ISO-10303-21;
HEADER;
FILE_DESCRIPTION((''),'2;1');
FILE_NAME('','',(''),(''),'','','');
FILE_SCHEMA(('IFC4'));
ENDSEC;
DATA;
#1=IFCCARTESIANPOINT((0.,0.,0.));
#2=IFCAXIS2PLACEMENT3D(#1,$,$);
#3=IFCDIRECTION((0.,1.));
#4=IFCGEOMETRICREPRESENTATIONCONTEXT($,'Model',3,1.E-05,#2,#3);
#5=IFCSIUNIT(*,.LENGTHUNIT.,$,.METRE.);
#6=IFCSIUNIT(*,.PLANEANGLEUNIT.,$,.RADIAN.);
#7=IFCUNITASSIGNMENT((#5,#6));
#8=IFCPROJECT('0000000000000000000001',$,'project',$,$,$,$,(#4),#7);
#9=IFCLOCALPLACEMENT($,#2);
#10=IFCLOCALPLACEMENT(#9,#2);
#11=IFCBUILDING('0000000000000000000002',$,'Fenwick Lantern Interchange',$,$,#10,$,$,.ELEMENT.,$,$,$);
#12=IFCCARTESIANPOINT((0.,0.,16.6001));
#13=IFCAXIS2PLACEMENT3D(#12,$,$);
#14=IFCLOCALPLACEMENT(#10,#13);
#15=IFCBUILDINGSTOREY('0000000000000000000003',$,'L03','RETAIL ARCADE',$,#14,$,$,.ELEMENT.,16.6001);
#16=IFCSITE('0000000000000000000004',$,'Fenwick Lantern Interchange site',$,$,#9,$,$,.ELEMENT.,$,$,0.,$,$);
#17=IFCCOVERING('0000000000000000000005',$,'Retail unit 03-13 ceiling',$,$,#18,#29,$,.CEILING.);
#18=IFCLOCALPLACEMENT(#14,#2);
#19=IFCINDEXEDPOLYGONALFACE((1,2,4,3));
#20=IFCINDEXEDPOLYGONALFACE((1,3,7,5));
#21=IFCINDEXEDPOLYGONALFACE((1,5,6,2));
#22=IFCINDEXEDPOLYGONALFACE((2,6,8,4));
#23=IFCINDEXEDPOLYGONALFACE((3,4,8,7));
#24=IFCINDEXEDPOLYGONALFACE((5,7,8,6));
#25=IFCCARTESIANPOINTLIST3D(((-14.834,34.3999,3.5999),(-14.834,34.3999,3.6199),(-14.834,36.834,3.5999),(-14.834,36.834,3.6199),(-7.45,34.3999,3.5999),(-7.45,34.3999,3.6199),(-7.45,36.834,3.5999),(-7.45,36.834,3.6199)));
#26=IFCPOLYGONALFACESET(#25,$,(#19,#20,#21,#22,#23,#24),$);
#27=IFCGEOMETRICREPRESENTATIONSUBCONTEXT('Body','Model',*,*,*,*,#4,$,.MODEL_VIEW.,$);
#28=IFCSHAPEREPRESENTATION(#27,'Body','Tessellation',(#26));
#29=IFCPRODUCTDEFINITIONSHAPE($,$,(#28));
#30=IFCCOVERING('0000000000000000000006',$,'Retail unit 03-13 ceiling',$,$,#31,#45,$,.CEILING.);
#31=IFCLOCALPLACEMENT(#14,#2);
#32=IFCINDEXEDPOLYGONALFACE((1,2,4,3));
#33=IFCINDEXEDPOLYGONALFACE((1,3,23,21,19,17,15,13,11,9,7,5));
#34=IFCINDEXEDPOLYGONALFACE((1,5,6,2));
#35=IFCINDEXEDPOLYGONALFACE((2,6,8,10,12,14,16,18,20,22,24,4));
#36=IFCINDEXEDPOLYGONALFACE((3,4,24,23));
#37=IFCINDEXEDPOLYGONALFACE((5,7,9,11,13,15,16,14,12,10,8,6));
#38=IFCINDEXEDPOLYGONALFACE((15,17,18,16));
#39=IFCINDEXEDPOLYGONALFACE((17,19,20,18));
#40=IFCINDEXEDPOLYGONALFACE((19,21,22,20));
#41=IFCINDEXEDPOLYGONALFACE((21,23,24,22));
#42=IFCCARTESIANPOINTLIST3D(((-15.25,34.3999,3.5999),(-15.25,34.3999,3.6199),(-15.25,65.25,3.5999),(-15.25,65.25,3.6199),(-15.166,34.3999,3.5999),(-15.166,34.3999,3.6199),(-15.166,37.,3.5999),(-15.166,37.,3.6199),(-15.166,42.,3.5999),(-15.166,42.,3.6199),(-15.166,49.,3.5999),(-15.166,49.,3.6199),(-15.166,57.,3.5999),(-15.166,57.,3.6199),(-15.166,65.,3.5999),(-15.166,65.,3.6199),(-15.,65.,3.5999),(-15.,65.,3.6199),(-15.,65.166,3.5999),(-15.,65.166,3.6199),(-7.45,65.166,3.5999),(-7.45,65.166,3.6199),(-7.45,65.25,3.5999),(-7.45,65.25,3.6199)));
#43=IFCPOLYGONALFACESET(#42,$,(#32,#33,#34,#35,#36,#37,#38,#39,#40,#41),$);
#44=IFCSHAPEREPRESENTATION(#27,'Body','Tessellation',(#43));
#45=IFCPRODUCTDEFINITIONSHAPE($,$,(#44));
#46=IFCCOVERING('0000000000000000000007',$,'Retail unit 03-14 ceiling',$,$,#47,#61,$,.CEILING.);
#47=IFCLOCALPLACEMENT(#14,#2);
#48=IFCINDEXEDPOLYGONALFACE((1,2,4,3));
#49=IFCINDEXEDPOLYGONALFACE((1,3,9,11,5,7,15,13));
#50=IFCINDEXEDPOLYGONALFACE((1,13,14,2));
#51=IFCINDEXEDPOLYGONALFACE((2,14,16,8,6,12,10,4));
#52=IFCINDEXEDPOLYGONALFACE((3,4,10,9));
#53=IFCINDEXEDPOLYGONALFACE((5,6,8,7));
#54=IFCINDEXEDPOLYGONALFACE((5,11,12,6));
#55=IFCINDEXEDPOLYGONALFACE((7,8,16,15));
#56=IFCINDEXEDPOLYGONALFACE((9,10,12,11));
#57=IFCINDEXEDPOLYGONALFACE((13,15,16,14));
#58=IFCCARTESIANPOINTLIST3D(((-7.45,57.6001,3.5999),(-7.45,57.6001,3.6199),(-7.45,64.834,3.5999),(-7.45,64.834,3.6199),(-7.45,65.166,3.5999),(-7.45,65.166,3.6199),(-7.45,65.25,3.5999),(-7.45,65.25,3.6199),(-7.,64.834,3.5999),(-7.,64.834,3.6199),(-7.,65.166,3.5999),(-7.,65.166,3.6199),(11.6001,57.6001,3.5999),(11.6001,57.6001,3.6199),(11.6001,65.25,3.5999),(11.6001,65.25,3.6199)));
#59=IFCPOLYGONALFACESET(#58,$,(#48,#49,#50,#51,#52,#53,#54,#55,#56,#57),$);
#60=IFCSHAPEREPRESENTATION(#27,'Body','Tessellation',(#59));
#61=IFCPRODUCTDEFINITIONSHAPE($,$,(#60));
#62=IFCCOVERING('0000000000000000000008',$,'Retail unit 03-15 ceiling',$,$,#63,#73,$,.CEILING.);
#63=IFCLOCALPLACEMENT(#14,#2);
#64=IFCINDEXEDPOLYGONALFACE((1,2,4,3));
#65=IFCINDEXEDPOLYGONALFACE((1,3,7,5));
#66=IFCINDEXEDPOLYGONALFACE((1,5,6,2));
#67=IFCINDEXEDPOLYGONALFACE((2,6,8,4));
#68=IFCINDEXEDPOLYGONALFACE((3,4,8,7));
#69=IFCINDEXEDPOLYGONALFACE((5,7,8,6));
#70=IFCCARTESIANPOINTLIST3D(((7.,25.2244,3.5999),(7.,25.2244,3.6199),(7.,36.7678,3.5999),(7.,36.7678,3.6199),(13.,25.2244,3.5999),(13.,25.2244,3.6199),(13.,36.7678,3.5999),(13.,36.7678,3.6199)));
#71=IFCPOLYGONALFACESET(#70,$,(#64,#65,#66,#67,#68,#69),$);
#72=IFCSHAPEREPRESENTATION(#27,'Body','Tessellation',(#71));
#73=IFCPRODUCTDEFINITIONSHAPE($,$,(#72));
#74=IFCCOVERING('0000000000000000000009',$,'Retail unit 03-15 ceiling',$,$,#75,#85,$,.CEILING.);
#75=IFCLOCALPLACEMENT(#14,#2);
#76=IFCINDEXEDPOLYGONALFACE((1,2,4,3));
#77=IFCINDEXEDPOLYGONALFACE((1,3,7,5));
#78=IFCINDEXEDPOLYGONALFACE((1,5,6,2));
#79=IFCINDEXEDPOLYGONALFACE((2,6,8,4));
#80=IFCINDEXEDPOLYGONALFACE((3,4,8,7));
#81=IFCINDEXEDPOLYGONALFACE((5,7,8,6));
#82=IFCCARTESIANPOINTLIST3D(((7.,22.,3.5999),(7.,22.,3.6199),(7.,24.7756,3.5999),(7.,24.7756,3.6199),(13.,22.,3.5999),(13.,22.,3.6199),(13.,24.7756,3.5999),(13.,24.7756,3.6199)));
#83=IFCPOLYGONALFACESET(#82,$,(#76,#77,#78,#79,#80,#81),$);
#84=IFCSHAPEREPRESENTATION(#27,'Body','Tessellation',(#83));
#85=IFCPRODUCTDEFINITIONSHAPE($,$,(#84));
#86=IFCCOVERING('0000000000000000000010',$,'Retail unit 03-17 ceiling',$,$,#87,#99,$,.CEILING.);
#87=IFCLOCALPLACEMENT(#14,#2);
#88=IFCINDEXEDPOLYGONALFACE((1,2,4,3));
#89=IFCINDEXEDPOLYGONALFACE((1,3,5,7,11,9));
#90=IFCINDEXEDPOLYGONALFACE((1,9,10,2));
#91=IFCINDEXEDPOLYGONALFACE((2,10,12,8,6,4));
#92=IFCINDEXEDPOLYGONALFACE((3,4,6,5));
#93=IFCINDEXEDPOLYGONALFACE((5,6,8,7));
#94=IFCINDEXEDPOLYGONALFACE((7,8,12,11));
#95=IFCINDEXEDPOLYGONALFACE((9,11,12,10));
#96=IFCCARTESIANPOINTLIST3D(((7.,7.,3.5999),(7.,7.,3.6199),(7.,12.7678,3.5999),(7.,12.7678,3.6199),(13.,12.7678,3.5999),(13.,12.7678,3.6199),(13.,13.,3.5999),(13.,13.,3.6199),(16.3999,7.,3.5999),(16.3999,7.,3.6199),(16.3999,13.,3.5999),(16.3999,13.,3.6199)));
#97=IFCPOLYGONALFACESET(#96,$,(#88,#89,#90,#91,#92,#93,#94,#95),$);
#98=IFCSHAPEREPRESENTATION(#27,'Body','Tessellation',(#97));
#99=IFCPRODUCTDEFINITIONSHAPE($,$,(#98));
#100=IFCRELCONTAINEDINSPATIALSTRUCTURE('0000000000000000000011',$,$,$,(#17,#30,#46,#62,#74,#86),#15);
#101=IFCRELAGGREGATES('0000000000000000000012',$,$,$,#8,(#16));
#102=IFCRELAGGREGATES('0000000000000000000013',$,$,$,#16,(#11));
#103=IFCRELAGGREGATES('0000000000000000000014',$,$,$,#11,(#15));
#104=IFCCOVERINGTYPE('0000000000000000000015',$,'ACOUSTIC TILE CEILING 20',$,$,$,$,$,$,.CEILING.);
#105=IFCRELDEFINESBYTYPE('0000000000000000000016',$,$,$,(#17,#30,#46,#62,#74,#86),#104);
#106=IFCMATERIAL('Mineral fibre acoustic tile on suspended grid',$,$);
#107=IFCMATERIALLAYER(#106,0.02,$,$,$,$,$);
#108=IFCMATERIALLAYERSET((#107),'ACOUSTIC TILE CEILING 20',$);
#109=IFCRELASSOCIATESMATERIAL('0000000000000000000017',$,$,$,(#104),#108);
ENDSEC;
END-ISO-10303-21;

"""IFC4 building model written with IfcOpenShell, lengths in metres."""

from ifc_helpers import new_model, si_unit, direction, frame, origin, place, context, subcontext, project, spatial, polyline, outline, extrude, material, layer, layer_set, type_object, element, save


model = new_model("IFC4")

# Units and contexts
model_context = context("Model", 3, precision=1e-05, world=origin(), true_north=direction((0.0, 1.0)))
body_context = subcontext(model_context, "Body", "Model", "MODEL_VIEW")
ifc_project = project(units=[si_unit("LENGTHUNIT", "METRE"), si_unit("PLANEANGLEUNIT", "RADIAN")], contexts=[model_context])

# Site, building, storey
site_placement = place(None, origin())
site = spatial("IfcSite", under=ifc_project, at=site_placement, Name="Fenwick Lantern Interchange site", CompositionType="ELEMENT", RefElevation=0.0)
building_placement = place(site_placement, origin())
building = spatial("IfcBuilding", under=site, at=building_placement, Name="Fenwick Lantern Interchange", CompositionType="ELEMENT")
storey_placement = place(building_placement, frame((0.0, 0.0, 16.6001)))
storey = spatial("IfcBuildingStorey", under=building, at=storey_placement, Name="L03", Description="RETAIL ARCADE", CompositionType="ELEMENT", Elevation=16.6001)

# Coverings
ifc_material_1 = material(Name="Mineral fibre acoustic tile on suspended grid")
ifc_layer_1 = layer(ifc_material_1, 0.02)
ifc_layer_set_1 = layer_set([ifc_layer_1], Name="ACOUSTIC TILE CEILING 20")
covering_type = type_object("IfcCoveringType", Name="ACOUSTIC TILE CEILING 20", PredefinedType="CEILING", material=ifc_layer_set_1)
covering_1_placement = place(storey_placement, frame((0.0, 0.0, 3.5999)))
element("IfcCovering", 1, at=covering_1_placement, inside=storey, type_object=covering_type, Name="Retail unit 03-13 ceiling", PredefinedType="CEILING", context=body_context, shape_type="SweptSolid", body=[
    extrude(outline(polyline([(-14.834, 34.3999), (-7.45, 34.3999), (-7.45, 36.834), (-14.834, 36.834), (-14.834, 34.3999)])), origin(), (0.0, 0.0, 1.0), 0.02),
])
covering_2_placement = place(storey_placement, frame((0.0, 0.0, 3.5999)))
element("IfcCovering", 2, at=covering_2_placement, inside=storey, type_object=covering_type, Name="Retail unit 03-13 ceiling", PredefinedType="CEILING", context=body_context, shape_type="SweptSolid", body=[
    extrude(outline(polyline([(-15.25, 34.3999), (-15.166, 34.3999), (-15.166, 37.0), (-15.166, 42.0), (-15.166, 49.0), (-15.166, 57.0), (-15.166, 65.0), (-15.0, 65.0), (-15.0, 65.166), (-7.45, 65.166), (-7.45, 65.25), (-15.25, 65.25), (-15.25, 34.3999)])), origin(), (0.0, 0.0, 1.0), 0.02),
])
covering_3_placement = place(storey_placement, frame((0.0, 0.0, 3.5999)))
element("IfcCovering", 3, at=covering_3_placement, inside=storey, type_object=covering_type, Name="Retail unit 03-14 ceiling", PredefinedType="CEILING", context=body_context, shape_type="SweptSolid", body=[
    extrude(outline(polyline([(-7.45, 57.6001), (11.6001, 57.6001), (11.6001, 65.25), (-7.45, 65.25), (-7.45, 65.166), (-7.0, 65.166), (-7.0, 64.834), (-7.45, 64.834), (-7.45, 57.6001)])), origin(), (0.0, 0.0, 1.0), 0.02),
])
covering_4_placement = place(storey_placement, frame((0.0, 0.0, 3.5999)))
element("IfcCovering", 4, at=covering_4_placement, inside=storey, type_object=covering_type, Name="Retail unit 03-15 ceiling", PredefinedType="CEILING", context=body_context, shape_type="SweptSolid", body=[
    extrude(outline(polyline([(7.0, 36.7678), (7.0, 25.2244), (13.0, 25.2244), (13.0, 36.7678), (7.0, 36.7678)])), origin(), (0.0, 0.0, 1.0), 0.02),
])
covering_5_placement = place(storey_placement, frame((0.0, 0.0, 3.5999)))
element("IfcCovering", 5, at=covering_5_placement, inside=storey, type_object=covering_type, Name="Retail unit 03-15 ceiling", PredefinedType="CEILING", context=body_context, shape_type="SweptSolid", body=[
    extrude(outline(polyline([(7.0, 24.7756), (7.0, 22.0), (13.0, 22.0), (13.0, 24.7756), (7.0, 24.7756)])), origin(), (0.0, 0.0, 1.0), 0.02),
])
covering_6_placement = place(storey_placement, frame((0.0, 0.0, 3.5999)))
element("IfcCovering", 6, at=covering_6_placement, inside=storey, type_object=covering_type, Name="Retail unit 03-17 ceiling", PredefinedType="CEILING", context=body_context, shape_type="SweptSolid", body=[
    extrude(outline(polyline([(7.0, 12.7678), (7.0, 7.0), (16.3999, 7.0), (16.3999, 13.0), (13.0, 13.0), (13.0, 12.7678), (7.0, 12.7678)])), origin(), (0.0, 0.0, 1.0), 0.02),
])

save(model, "model.ifc")
